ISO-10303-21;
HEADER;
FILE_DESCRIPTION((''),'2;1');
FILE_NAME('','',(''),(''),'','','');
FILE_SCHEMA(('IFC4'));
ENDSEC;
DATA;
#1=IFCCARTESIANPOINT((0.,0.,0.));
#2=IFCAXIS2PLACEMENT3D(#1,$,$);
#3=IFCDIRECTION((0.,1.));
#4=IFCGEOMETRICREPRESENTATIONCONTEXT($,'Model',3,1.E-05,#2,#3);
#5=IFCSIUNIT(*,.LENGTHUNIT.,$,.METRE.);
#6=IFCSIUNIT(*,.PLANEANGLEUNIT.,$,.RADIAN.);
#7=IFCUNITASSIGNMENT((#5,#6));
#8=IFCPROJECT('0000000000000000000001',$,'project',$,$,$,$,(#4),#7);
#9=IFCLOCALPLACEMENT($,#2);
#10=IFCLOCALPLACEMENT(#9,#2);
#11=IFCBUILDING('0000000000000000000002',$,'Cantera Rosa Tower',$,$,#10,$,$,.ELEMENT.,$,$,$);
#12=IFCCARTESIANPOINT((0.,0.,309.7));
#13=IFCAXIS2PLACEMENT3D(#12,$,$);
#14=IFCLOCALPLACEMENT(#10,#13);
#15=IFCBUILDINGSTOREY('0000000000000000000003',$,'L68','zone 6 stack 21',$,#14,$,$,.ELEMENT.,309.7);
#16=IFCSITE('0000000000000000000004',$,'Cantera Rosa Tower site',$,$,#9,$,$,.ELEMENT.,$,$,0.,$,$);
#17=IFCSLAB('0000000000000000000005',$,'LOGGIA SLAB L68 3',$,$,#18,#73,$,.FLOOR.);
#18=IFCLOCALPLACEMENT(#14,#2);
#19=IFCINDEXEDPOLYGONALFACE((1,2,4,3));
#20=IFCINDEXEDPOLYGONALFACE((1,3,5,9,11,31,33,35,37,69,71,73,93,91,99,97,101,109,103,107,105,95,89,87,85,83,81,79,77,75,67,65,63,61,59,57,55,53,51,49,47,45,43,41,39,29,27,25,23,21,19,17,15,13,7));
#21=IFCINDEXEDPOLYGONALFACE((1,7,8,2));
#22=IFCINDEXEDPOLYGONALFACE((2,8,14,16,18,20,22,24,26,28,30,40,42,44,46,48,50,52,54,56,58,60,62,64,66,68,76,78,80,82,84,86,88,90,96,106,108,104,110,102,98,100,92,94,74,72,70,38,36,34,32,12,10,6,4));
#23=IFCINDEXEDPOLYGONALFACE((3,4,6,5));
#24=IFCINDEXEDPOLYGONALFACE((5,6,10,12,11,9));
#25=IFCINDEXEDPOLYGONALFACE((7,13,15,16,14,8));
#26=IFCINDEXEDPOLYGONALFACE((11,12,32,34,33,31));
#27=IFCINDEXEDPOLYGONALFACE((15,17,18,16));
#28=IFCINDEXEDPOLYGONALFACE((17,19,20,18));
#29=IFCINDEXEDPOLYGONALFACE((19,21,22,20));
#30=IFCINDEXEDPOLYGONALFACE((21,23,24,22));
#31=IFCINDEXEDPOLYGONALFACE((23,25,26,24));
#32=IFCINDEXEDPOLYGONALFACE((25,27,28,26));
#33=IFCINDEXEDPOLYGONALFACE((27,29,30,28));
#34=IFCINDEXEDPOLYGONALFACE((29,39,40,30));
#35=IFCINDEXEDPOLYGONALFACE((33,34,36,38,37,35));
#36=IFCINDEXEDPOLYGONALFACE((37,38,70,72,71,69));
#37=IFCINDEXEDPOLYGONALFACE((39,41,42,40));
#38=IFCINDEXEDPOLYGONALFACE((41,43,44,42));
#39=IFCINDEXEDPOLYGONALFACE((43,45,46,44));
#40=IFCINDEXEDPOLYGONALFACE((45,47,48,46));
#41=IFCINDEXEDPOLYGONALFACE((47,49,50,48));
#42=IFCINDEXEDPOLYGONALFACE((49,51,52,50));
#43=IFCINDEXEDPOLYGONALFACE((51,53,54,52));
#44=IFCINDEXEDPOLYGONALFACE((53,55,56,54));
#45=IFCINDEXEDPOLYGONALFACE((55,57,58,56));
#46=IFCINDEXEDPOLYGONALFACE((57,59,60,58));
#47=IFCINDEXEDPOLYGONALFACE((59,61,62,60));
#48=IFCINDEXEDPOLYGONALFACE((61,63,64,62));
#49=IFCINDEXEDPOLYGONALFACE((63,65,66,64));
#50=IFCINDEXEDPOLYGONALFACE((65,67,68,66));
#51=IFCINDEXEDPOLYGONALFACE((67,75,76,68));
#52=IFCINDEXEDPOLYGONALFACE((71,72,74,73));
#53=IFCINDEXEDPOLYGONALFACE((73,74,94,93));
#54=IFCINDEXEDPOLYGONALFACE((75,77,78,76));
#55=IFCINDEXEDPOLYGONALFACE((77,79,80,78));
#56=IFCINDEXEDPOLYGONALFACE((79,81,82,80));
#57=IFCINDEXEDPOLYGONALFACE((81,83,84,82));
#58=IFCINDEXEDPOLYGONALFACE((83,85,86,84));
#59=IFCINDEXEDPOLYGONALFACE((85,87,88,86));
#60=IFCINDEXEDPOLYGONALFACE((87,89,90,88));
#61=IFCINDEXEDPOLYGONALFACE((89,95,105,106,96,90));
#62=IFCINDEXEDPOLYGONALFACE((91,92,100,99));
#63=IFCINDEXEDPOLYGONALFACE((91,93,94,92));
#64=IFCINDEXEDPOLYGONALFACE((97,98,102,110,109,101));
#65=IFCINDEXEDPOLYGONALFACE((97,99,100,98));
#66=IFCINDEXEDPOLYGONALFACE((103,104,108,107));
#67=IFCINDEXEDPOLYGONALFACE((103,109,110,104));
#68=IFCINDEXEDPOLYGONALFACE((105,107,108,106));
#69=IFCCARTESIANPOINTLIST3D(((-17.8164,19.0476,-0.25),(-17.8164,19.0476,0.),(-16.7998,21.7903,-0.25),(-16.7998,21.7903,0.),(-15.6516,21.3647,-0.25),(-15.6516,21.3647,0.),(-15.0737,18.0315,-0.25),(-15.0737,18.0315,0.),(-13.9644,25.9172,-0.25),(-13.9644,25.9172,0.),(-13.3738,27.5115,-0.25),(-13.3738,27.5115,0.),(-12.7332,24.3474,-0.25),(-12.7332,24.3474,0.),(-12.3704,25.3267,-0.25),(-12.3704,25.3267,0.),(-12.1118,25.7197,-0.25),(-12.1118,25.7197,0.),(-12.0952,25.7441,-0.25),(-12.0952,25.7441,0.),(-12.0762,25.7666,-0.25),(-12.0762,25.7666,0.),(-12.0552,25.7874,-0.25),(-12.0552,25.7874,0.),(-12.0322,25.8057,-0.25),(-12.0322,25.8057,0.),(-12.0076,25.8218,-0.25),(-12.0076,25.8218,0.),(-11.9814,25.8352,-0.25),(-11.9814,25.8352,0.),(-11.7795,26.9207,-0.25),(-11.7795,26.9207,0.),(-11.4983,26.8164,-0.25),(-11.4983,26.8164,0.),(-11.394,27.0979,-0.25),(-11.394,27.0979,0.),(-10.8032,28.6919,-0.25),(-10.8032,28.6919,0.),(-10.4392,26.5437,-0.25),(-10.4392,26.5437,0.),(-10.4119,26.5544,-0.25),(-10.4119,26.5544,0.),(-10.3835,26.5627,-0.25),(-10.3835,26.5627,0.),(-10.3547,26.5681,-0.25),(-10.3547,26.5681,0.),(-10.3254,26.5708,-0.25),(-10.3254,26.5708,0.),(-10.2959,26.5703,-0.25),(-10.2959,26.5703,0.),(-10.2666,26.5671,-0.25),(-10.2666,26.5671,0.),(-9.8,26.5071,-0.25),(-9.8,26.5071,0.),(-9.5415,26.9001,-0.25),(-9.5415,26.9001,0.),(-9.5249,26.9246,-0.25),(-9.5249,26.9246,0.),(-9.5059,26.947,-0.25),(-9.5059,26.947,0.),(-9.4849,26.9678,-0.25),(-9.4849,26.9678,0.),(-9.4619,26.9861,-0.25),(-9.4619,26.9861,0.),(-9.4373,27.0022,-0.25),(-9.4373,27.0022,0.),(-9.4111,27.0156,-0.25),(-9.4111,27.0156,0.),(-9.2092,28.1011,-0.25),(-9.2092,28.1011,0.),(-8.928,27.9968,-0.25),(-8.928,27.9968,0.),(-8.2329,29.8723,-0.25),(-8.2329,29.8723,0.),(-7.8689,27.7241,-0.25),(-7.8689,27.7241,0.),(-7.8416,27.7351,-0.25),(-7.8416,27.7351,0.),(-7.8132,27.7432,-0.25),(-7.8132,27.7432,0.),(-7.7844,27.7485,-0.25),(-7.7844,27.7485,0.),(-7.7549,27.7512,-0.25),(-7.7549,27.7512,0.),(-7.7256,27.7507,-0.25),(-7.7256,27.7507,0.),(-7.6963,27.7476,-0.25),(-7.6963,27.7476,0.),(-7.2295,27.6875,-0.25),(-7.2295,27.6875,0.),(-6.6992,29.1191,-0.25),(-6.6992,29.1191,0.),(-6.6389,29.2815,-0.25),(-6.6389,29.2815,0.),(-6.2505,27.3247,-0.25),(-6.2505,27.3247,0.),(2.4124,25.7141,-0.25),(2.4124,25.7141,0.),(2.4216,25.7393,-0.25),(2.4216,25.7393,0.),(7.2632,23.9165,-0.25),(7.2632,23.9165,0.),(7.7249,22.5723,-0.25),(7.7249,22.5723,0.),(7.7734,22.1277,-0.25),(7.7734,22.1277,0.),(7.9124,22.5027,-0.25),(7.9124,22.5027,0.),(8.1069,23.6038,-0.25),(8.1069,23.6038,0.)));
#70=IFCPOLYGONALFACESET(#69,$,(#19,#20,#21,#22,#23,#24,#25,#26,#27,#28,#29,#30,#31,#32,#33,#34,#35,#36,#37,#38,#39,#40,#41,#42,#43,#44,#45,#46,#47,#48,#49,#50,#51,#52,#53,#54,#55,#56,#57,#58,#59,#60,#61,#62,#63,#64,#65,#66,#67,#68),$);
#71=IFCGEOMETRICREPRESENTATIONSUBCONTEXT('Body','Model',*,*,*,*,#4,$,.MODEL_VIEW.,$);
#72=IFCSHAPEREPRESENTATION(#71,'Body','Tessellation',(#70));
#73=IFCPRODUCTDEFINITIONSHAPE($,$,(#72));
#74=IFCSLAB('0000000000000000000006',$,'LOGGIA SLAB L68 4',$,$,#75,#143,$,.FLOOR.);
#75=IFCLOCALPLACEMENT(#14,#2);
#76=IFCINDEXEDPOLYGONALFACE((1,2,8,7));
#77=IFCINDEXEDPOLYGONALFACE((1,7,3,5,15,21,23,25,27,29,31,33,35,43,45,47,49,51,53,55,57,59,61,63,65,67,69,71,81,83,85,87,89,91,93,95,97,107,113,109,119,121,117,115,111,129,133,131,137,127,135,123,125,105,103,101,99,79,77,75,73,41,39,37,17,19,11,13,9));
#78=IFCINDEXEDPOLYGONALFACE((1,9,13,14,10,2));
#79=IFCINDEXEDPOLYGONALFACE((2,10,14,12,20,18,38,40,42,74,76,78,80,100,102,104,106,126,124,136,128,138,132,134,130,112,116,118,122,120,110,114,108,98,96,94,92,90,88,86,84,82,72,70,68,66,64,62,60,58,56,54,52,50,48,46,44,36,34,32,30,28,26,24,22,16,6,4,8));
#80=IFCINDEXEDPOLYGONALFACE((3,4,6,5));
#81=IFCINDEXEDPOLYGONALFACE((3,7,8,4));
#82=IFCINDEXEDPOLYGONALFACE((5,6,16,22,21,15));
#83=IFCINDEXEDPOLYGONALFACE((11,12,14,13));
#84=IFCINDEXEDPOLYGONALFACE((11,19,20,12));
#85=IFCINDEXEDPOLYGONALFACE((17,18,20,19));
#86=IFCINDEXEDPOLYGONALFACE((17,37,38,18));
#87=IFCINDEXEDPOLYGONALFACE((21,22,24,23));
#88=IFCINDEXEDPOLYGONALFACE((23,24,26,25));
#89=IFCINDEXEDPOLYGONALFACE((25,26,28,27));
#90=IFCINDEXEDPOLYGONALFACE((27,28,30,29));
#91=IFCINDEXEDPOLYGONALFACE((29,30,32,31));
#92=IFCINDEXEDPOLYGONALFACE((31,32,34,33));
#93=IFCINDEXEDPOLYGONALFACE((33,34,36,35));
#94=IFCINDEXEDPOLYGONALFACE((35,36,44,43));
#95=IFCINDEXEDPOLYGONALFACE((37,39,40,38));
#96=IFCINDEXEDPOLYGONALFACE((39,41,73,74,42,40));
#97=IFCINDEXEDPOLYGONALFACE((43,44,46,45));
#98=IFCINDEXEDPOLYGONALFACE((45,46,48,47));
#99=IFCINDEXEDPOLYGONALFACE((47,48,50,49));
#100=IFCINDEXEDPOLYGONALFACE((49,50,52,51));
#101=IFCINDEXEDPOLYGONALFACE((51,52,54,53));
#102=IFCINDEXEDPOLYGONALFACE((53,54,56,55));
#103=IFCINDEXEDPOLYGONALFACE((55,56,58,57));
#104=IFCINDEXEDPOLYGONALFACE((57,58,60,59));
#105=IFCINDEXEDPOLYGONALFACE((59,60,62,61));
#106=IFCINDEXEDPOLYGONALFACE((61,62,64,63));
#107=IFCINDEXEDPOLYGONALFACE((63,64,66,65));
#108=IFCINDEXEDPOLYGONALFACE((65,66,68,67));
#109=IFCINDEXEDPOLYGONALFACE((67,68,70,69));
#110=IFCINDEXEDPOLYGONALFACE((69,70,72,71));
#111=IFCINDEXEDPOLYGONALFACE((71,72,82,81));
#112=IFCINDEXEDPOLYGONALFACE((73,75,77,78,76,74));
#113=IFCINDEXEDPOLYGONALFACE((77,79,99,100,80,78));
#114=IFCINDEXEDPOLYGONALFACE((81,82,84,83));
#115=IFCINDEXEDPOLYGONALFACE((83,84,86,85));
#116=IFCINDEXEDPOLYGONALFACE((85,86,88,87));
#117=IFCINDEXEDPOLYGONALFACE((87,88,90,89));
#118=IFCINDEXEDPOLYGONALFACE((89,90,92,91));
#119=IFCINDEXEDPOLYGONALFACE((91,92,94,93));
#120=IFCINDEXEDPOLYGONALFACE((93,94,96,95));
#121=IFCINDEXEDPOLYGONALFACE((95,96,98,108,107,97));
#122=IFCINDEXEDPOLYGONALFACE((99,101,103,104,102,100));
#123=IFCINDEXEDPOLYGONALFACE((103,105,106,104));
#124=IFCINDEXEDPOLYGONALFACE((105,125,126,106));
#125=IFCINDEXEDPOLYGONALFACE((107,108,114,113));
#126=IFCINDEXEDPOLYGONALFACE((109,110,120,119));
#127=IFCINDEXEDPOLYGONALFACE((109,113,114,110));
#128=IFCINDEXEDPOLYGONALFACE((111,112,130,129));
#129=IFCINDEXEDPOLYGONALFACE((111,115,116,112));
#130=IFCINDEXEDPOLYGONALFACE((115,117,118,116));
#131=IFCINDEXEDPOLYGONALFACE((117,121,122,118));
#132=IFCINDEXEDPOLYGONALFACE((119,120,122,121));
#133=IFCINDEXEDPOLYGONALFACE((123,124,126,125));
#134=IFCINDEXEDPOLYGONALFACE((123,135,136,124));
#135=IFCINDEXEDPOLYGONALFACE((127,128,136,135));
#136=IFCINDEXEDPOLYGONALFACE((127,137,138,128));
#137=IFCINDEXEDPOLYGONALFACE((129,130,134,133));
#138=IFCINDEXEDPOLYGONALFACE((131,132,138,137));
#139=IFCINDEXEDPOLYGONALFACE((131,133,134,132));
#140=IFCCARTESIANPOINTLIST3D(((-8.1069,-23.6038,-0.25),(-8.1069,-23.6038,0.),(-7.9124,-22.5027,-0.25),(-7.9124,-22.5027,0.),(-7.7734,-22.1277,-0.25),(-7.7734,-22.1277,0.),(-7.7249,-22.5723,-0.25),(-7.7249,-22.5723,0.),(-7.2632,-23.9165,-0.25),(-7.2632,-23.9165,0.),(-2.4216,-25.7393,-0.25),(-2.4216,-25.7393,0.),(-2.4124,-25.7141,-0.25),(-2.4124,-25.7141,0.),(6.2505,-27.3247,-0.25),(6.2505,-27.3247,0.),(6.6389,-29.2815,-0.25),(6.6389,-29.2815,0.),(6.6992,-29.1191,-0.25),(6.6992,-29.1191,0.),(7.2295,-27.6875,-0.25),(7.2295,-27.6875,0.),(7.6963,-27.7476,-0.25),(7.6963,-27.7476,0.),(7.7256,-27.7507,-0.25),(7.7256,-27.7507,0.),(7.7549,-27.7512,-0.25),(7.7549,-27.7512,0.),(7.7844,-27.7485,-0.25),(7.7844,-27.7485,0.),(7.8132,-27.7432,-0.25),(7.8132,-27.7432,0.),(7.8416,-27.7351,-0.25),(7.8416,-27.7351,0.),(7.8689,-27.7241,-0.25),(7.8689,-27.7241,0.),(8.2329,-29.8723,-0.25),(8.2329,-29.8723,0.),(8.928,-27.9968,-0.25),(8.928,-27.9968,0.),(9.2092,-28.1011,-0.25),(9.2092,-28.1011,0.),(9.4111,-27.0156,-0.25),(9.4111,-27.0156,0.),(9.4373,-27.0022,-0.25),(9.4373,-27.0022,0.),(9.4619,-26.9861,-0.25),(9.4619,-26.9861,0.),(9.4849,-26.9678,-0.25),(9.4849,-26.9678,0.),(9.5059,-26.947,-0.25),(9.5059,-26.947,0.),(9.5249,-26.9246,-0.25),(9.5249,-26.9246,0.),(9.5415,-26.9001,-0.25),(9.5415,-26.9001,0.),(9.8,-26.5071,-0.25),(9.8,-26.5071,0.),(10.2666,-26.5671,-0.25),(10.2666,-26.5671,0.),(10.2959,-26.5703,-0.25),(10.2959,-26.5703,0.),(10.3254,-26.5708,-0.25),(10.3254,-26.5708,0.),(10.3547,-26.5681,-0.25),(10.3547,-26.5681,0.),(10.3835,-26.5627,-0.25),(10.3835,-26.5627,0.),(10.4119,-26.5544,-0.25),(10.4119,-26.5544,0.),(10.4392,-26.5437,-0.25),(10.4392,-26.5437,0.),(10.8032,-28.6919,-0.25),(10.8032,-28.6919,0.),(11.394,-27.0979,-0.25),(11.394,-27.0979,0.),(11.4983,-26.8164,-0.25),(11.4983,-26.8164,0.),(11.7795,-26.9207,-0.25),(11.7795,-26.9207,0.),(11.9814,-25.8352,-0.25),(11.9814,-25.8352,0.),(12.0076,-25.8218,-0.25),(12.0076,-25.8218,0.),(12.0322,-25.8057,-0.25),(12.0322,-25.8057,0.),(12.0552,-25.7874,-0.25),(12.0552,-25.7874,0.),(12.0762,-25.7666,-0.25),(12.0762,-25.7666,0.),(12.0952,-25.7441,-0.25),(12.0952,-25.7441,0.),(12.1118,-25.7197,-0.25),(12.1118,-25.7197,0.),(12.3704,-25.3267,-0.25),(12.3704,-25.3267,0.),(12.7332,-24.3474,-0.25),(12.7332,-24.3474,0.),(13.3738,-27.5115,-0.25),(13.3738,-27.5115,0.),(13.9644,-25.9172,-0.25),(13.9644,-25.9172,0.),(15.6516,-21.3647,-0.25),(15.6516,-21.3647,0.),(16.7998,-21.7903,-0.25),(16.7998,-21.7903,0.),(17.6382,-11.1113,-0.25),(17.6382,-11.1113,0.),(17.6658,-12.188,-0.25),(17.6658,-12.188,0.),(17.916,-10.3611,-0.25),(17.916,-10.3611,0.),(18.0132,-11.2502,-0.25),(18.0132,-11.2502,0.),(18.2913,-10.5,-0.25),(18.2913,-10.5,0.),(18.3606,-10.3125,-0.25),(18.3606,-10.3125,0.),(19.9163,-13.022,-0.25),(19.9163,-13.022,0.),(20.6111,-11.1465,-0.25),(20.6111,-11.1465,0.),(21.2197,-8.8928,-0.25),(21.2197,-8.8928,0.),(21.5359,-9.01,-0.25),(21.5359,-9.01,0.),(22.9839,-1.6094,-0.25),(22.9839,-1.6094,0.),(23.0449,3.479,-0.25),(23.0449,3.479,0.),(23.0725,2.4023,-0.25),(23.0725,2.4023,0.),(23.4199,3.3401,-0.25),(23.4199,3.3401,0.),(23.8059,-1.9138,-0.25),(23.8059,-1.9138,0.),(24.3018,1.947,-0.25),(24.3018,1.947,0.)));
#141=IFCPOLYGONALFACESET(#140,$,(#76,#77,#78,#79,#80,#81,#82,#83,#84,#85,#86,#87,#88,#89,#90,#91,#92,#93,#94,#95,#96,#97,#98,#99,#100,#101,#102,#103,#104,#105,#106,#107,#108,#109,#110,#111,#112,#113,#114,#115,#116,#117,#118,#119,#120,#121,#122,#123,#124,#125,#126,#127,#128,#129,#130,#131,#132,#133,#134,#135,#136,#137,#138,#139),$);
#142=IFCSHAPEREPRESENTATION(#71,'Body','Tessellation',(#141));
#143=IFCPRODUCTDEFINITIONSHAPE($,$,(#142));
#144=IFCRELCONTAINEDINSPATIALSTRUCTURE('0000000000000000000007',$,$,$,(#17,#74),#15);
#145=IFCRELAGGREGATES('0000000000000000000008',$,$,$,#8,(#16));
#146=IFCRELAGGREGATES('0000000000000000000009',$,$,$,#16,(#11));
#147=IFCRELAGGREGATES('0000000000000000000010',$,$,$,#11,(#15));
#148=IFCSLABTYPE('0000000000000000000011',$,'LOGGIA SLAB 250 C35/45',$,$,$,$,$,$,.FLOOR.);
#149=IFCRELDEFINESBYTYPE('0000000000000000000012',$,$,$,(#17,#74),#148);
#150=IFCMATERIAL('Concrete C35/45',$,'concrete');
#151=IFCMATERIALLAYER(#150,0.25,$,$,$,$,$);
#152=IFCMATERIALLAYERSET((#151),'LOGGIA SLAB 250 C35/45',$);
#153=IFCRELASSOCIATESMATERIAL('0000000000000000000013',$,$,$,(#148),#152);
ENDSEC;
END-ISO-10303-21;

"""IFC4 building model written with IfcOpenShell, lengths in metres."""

from ifc_helpers import new_model, si_unit, direction, frame, origin, place, context, subcontext, project, spatial, polyline, outline, extrude, material, layer, layer_set, type_object, element, save


model = new_model("IFC4")

# Units and contexts
model_context = context("Model", 3, precision=1e-05, world=origin(), true_north=direction((0.0, 1.0)))
body_context = subcontext(model_context, "Body", "Model", "MODEL_VIEW")
ifc_project = project(units=[si_unit("LENGTHUNIT", "METRE"), si_unit("PLANEANGLEUNIT", "RADIAN")], contexts=[model_context])

# Site, building, storey
site_placement = place(None, origin())
site = spatial("IfcSite", under=ifc_project, at=site_placement, Name="Cantera Rosa Tower site", CompositionType="ELEMENT", RefElevation=0.0)
building_placement = place(site_placement, origin())
building = spatial("IfcBuilding", under=site, at=building_placement, Name="Cantera Rosa Tower", CompositionType="ELEMENT")
storey_placement = place(building_placement, frame((0.0, 0.0, 309.7)))
storey = spatial("IfcBuildingStorey", under=building, at=storey_placement, Name="L68", Description="zone 6 stack 21", CompositionType="ELEMENT", Elevation=309.7)

# Slabs
ifc_material_1 = material(Name="Concrete C35/45", Category="concrete")
ifc_layer_1 = layer(ifc_material_1, 0.25)
ifc_layer_set_1 = layer_set([ifc_layer_1], Name="LOGGIA SLAB 250 C35/45")
slab_type_1 = type_object("IfcSlabType", Name="LOGGIA SLAB 250 C35/45", PredefinedType="FLOOR", material=ifc_layer_set_1)
slab_1_placement = place(storey_placement, frame((0.0, 0.0, -0.25)))
element("IfcSlab", 1, at=slab_1_placement, inside=storey, type_object=slab_type_1, Name="LOGGIA SLAB L68 3", PredefinedType="FLOOR", context=body_context, shape_type="SweptSolid", body=[
    extrude(outline(polyline([(-15.6516, 21.3647), (-13.9644, 25.9172), (-13.3738, 27.5115), (-11.7795, 26.9207), (-11.4983, 26.8164), (-11.394, 27.0979), (-10.8032, 28.6919), (-9.2092, 28.1011), (-8.928, 27.9968), (-8.2329, 29.8723), (-6.6389, 29.2815), (-6.6992, 29.1191), (2.4216, 25.7393), (2.4124, 25.7141), (7.2632, 23.9165), (8.1069, 23.6038), (7.7249, 22.5723), (7.9124, 22.5027), (7.7734, 22.1277), (-6.2505, 27.3247), (-7.2295, 27.6875), (-7.6963, 27.7476), (-7.7256, 27.7507), (-7.7549, 27.7512), (-7.7844, 27.7485), (-7.8132, 27.7432), (-7.8416, 27.7351), (-7.8689, 27.7241), (-9.4111, 27.0156), (-9.4373, 27.0022), (-9.4619, 26.9861), (-9.4849, 26.9678), (-9.5059, 26.947), (-9.5249, 26.9246), (-9.5415, 26.9001), (-9.8, 26.5071), (-10.2666, 26.5671), (-10.2959, 26.5703), (-10.3254, 26.5708), (-10.3547, 26.5681), (-10.3835, 26.5627), (-10.4119, 26.5544), (-10.4392, 26.5437), (-11.9814, 25.8352), (-12.0076, 25.8218), (-12.0322, 25.8057), (-12.0552, 25.7874), (-12.0762, 25.7666), (-12.0952, 25.7441), (-12.1118, 25.7197), (-12.3704, 25.3267), (-12.7332, 24.3474), (-15.0737, 18.0315), (-17.8164, 19.0476), (-16.7998, 21.7903), (-15.6516, 21.3647)])), origin(), (0.0, 0.0, 1.0), 0.25),
])
slab_2_placement = place(storey_placement, frame((0.0, 0.0, -0.25)))
element("IfcSlab", 2, at=slab_2_placement, inside=storey, type_object=slab_type_1, Name="LOGGIA SLAB L68 4", PredefinedType="FLOOR", context=body_context, shape_type="SweptSolid", body=[
    extrude(outline(polyline([(13.9644, -25.9172), (13.3738, -27.5115), (11.7795, -26.9207), (11.4983, -26.8164), (11.394, -27.0979), (10.8032, -28.6919), (9.2092, -28.1011), (8.928, -27.9968), (8.2329, -29.8723), (6.6389, -29.2815), (6.6992, -29.1191), (-2.4216, -25.7393), (-2.4124, -25.7141), (-7.2632, -23.9165), (-8.1069, -23.6038), (-7.7249, -22.5723), (-7.9124, -22.5027), (-7.7734, -22.1277), (6.2505, -27.3247), (7.2295, -27.6875), (7.6963, -27.7476), (7.7256, -27.7507), (7.7549, -27.7512), (7.7844, -27.7485), (7.8132, -27.7432), (7.8416, -27.7351), (7.8689, -27.7241), (9.4111, -27.0156), (9.4373, -27.0022), (9.4619, -26.9861), (9.4849, -26.9678), (9.5059, -26.947), (9.5249, -26.9246), (9.5415, -26.9001), (9.8, -26.5071), (10.2666, -26.5671), (10.2959, -26.5703), (10.3254, -26.5708), (10.3547, -26.5681), (10.3835, -26.5627), (10.4119, -26.5544), (10.4392, -26.5437), (11.9814, -25.8352), (12.0076, -25.8218), (12.0322, -25.8057), (12.0552, -25.7874), (12.0762, -25.7666), (12.0952, -25.7441), (12.1118, -25.7197), (12.3704, -25.3267), (12.7332, -24.3474), (17.6382, -11.1113), (18.0132, -11.2502), (17.6658, -12.188), (19.9163, -13.022), (20.6111, -11.1465), (18.3606, -10.3125), (18.2913, -10.5), (17.916, -10.3611), (23.0449, 3.479), (23.4199, 3.3401), (23.0725, 2.4023), (24.3018, 1.947), (22.9839, -1.6094), (23.8059, -1.9138), (21.2197, -8.8928), (21.5359, -9.01), (16.7998, -21.7903), (15.6516, -21.3647), (13.9644, -25.9172)])), origin(), (0.0, 0.0, 1.0), 0.25),
])

save(model, "model.ifc")
